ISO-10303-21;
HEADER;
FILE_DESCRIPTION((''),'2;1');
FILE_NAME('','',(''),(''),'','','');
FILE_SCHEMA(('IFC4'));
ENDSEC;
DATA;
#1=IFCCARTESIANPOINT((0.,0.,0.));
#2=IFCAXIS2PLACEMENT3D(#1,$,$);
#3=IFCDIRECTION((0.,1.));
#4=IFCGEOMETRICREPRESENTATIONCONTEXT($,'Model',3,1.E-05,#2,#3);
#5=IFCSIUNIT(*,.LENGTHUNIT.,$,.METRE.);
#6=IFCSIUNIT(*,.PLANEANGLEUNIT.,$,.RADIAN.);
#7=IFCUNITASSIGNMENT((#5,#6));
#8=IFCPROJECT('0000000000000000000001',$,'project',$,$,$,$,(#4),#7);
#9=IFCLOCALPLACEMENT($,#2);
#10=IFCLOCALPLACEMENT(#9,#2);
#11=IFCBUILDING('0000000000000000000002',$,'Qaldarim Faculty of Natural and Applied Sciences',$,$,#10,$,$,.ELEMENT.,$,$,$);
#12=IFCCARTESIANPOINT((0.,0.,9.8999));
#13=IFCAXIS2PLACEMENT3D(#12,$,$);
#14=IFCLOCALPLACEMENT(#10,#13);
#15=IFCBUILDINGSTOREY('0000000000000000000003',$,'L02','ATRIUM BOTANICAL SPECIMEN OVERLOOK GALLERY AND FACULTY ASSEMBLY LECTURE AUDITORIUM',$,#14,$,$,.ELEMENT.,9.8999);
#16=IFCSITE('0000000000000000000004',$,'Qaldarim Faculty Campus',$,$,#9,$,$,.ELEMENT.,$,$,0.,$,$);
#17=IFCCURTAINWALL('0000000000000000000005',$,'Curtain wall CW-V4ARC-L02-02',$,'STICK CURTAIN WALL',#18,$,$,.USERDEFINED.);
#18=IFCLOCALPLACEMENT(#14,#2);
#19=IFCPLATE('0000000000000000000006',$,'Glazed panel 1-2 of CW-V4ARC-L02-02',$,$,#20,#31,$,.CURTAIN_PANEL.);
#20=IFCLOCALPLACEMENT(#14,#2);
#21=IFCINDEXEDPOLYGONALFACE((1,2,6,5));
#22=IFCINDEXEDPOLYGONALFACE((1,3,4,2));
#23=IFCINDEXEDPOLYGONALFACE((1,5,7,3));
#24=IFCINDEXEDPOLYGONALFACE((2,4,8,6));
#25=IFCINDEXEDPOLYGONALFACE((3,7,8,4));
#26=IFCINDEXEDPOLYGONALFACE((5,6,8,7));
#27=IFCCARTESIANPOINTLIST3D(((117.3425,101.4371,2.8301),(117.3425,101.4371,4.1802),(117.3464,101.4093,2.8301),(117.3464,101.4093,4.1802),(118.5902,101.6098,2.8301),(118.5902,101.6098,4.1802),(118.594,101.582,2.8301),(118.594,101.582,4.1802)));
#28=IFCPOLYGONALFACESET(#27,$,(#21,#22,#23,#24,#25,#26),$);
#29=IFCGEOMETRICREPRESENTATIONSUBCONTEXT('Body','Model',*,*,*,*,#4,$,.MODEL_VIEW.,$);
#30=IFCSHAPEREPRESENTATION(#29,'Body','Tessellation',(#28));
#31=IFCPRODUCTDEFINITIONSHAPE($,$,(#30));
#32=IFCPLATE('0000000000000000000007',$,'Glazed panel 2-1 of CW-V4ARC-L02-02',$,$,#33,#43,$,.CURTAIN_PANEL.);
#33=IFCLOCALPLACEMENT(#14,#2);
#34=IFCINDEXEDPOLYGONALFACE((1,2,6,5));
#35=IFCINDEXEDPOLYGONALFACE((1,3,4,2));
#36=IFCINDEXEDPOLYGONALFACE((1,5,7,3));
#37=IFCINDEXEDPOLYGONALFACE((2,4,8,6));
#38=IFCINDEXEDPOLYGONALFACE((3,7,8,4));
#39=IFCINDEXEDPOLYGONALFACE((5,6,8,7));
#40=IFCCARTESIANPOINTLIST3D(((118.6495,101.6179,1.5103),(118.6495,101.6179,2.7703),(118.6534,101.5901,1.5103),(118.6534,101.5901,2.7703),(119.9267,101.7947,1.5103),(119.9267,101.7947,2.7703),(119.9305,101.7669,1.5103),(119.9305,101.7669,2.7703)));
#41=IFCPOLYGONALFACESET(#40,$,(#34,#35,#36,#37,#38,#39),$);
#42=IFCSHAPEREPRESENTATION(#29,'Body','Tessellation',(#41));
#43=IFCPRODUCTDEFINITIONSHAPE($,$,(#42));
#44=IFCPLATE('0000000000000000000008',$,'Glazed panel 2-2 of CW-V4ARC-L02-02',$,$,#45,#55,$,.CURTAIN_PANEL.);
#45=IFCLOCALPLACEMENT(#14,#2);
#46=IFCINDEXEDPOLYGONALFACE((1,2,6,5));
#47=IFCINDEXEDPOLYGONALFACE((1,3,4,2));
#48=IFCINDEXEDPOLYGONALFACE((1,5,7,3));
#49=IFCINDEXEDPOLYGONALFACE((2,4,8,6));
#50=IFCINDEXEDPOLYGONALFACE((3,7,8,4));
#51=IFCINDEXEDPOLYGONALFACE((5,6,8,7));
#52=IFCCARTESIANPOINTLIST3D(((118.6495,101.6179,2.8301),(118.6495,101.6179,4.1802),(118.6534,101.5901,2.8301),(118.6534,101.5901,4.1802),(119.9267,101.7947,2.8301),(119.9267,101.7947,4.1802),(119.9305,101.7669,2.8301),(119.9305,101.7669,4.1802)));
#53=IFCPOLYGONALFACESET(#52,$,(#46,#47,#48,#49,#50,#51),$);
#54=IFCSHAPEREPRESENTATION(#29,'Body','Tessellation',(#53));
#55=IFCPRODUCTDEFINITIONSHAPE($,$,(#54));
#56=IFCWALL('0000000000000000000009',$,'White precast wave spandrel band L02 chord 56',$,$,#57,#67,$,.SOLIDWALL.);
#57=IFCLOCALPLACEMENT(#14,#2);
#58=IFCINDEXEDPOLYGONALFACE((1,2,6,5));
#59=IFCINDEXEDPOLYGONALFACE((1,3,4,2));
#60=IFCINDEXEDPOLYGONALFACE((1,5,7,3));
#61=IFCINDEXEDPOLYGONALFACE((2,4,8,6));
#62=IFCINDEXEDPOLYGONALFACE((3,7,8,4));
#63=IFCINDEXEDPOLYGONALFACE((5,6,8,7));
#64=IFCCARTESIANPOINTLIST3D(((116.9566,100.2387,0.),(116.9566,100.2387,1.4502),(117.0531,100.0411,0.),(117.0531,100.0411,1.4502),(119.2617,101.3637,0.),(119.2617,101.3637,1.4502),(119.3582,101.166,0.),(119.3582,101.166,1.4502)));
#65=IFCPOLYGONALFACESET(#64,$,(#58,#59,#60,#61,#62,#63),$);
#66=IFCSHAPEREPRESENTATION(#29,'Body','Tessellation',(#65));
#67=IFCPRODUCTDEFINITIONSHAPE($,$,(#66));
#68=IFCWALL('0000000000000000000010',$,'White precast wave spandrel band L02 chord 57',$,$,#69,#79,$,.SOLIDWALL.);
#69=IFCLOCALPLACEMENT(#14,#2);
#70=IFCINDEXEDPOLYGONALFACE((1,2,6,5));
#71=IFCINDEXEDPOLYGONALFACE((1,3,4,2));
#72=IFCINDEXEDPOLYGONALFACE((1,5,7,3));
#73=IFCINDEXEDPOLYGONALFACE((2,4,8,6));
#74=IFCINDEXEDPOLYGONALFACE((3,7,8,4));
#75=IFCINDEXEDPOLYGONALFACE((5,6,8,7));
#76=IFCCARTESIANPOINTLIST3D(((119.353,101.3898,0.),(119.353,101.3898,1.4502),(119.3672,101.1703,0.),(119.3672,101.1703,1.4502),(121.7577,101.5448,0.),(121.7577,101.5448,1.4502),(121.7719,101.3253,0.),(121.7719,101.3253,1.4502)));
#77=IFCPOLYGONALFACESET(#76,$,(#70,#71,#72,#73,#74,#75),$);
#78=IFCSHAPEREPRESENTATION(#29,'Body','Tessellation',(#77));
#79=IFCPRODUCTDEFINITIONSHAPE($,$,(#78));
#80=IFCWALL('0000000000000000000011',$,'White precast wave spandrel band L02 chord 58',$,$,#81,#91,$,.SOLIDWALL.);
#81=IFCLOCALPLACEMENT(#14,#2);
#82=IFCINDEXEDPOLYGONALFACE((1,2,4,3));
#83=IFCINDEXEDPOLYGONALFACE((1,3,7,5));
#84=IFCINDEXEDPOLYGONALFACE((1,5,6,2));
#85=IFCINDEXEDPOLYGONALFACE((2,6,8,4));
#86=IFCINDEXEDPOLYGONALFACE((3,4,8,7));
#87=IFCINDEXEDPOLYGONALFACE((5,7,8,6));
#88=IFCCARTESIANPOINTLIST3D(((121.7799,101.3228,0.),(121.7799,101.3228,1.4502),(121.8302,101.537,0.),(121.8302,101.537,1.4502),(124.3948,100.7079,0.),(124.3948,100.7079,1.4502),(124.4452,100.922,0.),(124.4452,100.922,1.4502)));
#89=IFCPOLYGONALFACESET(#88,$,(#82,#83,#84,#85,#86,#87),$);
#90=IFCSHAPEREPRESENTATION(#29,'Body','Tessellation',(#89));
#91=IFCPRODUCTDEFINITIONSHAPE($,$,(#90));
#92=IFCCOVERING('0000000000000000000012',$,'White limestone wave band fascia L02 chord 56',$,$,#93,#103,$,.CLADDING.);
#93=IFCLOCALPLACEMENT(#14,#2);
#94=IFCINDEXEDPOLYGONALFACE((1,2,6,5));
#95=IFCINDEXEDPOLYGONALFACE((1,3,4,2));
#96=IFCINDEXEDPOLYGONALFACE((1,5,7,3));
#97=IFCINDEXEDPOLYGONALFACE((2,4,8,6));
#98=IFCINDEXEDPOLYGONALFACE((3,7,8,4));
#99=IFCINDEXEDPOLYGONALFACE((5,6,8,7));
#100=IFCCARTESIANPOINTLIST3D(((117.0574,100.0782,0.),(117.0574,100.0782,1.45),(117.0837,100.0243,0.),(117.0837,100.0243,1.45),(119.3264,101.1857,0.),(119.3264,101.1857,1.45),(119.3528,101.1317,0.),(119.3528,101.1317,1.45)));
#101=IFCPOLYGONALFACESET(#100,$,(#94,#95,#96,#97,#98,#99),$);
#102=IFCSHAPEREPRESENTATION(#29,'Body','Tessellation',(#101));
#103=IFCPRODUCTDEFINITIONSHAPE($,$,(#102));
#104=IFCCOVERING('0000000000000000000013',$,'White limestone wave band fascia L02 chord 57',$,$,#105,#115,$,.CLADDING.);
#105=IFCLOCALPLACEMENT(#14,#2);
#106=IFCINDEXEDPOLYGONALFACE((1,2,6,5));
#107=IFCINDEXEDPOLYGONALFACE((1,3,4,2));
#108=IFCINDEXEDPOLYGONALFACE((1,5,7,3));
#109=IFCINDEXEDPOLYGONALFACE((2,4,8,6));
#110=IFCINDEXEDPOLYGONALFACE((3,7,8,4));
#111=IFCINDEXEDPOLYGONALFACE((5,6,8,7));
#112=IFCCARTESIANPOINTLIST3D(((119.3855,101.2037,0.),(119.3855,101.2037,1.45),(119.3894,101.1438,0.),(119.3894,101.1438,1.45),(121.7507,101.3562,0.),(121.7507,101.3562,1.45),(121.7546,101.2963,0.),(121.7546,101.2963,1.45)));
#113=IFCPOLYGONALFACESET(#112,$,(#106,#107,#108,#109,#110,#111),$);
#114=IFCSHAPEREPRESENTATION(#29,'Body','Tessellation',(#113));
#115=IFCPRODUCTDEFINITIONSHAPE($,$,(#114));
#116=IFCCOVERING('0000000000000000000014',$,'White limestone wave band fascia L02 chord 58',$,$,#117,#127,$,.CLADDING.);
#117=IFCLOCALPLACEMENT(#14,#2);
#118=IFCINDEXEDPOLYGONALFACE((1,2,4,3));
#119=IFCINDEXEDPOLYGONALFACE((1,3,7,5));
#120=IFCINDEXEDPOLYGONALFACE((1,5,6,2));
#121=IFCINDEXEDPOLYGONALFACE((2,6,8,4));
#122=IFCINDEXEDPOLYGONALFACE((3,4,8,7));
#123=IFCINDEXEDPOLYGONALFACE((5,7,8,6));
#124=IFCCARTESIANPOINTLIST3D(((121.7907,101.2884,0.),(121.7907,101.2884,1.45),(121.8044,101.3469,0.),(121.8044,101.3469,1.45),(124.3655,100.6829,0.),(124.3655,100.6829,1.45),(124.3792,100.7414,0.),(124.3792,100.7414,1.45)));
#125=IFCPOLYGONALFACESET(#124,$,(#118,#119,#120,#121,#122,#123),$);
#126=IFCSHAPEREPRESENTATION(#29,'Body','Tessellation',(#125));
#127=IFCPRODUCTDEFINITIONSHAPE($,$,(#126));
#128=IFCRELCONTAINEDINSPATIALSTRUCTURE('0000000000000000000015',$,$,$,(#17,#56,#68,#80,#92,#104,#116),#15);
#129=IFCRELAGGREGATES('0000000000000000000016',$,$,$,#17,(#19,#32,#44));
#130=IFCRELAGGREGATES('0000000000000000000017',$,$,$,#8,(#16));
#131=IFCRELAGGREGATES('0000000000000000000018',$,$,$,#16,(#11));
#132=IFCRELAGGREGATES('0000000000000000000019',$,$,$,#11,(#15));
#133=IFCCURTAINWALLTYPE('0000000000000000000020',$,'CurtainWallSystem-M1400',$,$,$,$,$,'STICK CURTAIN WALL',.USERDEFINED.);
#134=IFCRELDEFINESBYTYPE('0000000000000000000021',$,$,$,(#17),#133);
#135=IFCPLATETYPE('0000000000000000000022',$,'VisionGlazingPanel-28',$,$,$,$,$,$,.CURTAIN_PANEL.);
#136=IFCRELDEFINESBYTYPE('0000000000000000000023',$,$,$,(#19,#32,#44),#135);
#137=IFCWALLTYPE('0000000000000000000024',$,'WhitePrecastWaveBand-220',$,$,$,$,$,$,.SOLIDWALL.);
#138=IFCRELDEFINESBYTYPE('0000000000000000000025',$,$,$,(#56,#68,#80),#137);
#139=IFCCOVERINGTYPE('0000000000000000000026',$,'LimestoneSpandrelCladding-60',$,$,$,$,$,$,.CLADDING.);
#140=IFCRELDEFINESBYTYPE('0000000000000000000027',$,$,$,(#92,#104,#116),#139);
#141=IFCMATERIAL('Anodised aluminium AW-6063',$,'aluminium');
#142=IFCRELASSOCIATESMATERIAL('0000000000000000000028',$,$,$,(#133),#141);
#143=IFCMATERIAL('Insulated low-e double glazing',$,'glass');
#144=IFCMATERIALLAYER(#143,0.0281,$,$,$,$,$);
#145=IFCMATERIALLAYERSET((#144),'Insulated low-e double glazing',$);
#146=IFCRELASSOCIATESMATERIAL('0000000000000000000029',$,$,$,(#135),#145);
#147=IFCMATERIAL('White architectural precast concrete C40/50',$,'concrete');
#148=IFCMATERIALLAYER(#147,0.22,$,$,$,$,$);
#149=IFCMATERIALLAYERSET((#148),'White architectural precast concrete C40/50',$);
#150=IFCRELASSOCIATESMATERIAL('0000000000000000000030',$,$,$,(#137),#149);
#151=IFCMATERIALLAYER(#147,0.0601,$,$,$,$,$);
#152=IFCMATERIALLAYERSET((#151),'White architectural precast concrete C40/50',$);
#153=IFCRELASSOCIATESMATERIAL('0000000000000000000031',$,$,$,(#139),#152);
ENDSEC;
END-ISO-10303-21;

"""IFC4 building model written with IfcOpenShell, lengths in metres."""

from ifc_helpers import new_model, si_unit, direction, frame, frame_2d, origin, origin_2d, place, context, subcontext, project, spatial, rectangle, extrude, material, layer, layer_set, type_object, element, aggregate, save


model = new_model("IFC4")

# Units and contexts
model_context = context("Model", 3, precision=1e-05, world=origin(), true_north=direction((0.0, 1.0)))
body_context = subcontext(model_context, "Body", "Model", "MODEL_VIEW")
ifc_project = project(units=[si_unit("LENGTHUNIT", "METRE"), si_unit("PLANEANGLEUNIT", "RADIAN")], contexts=[model_context])

# Site, building, storey
site_placement = place(None, origin())
site = spatial("IfcSite", under=ifc_project, at=site_placement, Name="Qaldarim Faculty Campus", CompositionType="ELEMENT", RefElevation=0.0)
building_placement = place(site_placement, origin())
building = spatial("IfcBuilding", under=site, at=building_placement, Name="Qaldarim Faculty of Natural and Applied Sciences", CompositionType="ELEMENT")
storey_placement = place(building_placement, frame((0.0, 0.0, 9.8999)))
storey = spatial("IfcBuildingStorey", under=building, at=storey_placement, Name="L02", Description="ATRIUM BOTANICAL SPECIMEN OVERLOOK GALLERY AND FACULTY ASSEMBLY LECTURE AUDITORIUM", CompositionType="ELEMENT", Elevation=9.8999)

# Shared definitions
ifc_material_1 = material(Name="Anodised aluminium AW-6063", Category="aluminium")
curtain_wall_type = type_object("IfcCurtainWallType", Name="CurtainWallSystem-M1400", ElementType="STICK CURTAIN WALL", PredefinedType="USERDEFINED", material=ifc_material_1)

# Curtain wall
curtain_wall_1_placement = place(storey_placement, origin())
curtain_wall_1 = element("IfcCurtainWall", 1, at=curtain_wall_1_placement, inside=storey, type_object=curtain_wall_type, Name="Curtain wall CW-V4ARC-L02-02", ObjectType="STICK CURTAIN WALL", PredefinedType="USERDEFINED")

# Plates
ifc_material_2 = material(Name="Insulated low-e double glazing", Category="glass")
ifc_layer_1 = layer(ifc_material_2, 0.0281)
ifc_layer_set_1 = layer_set([ifc_layer_1], Name="Insulated low-e double glazing")
plate_type = type_object("IfcPlateType", Name="VisionGlazingPanel-28", PredefinedType="CURTAIN_PANEL", material=ifc_layer_set_1)
plate_1_placement = place(storey_placement, frame((117.9683, 101.5095, 2.8301), z_axis=(0.0, 0.0, 1.0), x_axis=(0.990557, 0.137099, 0.0)))
plate_1 = element("IfcPlate", 2, at=plate_1_placement, type_object=plate_type, Name="Glazed panel 1-2 of CW-V4ARC-L02-02", PredefinedType="CURTAIN_PANEL", context=body_context, shape_type="SweptSolid", body=[
    extrude(rectangle(XDim=1.2595, YDim=0.0281, at=origin_2d()), origin(), (0.0, 0.0, 1.0), 1.3501),
])
plate_2_placement = place(storey_placement, frame((119.29, 101.6924, 1.5103), z_axis=(0.0, 0.0, 1.0), x_axis=(0.990557, 0.137099, 0.0)))
plate_2 = element("IfcPlate", 3, at=plate_2_placement, type_object=plate_type, Name="Glazed panel 2-1 of CW-V4ARC-L02-02", PredefinedType="CURTAIN_PANEL", context=body_context, shape_type="SweptSolid", body=[
    extrude(rectangle(XDim=1.2893, YDim=0.0281, at=origin_2d()), origin(), (0.0, 0.0, 1.0), 1.26),
])
plate_3_placement = place(storey_placement, frame((119.29, 101.6924, 2.8301), z_axis=(0.0, 0.0, 1.0), x_axis=(0.990557, 0.137099, 0.0)))
plate_3 = element("IfcPlate", 4, at=plate_3_placement, type_object=plate_type, Name="Glazed panel 2-2 of CW-V4ARC-L02-02", PredefinedType="CURTAIN_PANEL", context=body_context, shape_type="SweptSolid", body=[
    extrude(rectangle(XDim=1.2893, YDim=0.0281, at=origin_2d()), origin(), (0.0, 0.0, 1.0), 1.3501),
])
aggregate(curtain_wall_1, [plate_1, plate_2, plate_3])

# Walls
ifc_material_3 = material(Name="White architectural precast concrete C40/50", Category="concrete")
ifc_layer_2 = layer(ifc_material_3, 0.22)
ifc_layer_set_2 = layer_set([ifc_layer_2], Name="White architectural precast concrete C40/50")
wall_type = type_object("IfcWallType", Name="WhitePrecastWaveBand-220", PredefinedType="SOLIDWALL", material=ifc_layer_set_2)
wall_1_placement = place(storey_placement, frame((117.0049, 100.1399, 0.0), z_axis=(0.0, 0.0, 1.0), x_axis=(0.898688, 0.438589, 0.0)))
element("IfcWall", 5, at=wall_1_placement, inside=storey, type_object=wall_type, Name="White precast wave spandrel band L02 chord 56", PredefinedType="SOLIDWALL", context=body_context, shape_type="SweptSolid", body=[
    extrude(rectangle(XDim=2.5649, YDim=0.22, at=frame_2d((1.2825, 0.0))), origin(), (0.0, 0.0, 1.0), 1.4502),
])
wall_2_placement = place(storey_placement, frame((119.3601, 101.28, 0.0), z_axis=(0.0, 0.0, 1.0), x_axis=(0.997928, 0.064333, 0.0)))
element("IfcWall", 6, at=wall_2_placement, inside=storey, type_object=wall_type, Name="White precast wave spandrel band L02 chord 57", PredefinedType="SOLIDWALL", context=body_context, shape_type="SweptSolid", body=[
    extrude(rectangle(XDim=2.4097, YDim=0.22, at=frame_2d((1.2048, 0.0))), origin(), (0.0, 0.0, 1.0), 1.4502),
])
wall_3_placement = place(storey_placement, frame((121.8049, 101.4299, 0.0), z_axis=(0.0, 0.0, 1.0), x_axis=(0.973442, -0.228933, 0.0)))
element("IfcWall", 7, at=wall_3_placement, inside=storey, type_object=wall_type, Name="White precast wave spandrel band L02 chord 58", PredefinedType="SOLIDWALL", context=body_context, shape_type="SweptSolid", body=[
    extrude(rectangle(XDim=2.6863, YDim=0.22, at=frame_2d((1.3433, 0.0))), origin(), (0.0, 0.0, 1.0), 1.4502),
])

# Coverings
ifc_layer_3 = layer(ifc_material_3, 0.0601)
ifc_layer_set_3 = layer_set([ifc_layer_3], Name="White architectural precast concrete C40/50")
covering_type = type_object("IfcCoveringType", Name="LimestoneSpandrelCladding-60", PredefinedType="CLADDING", material=ifc_layer_set_3)
covering_1_placement = place(storey_placement, frame((118.2051, 100.605, 0.0), z_axis=(0.0, 0.0, 1.0), x_axis=(0.898672, 0.438622, 0.0)))
element("IfcCovering", 8, at=covering_1_placement, inside=storey, type_object=covering_type, Name="White limestone wave band fascia L02 chord 56", PredefinedType="CLADDING", context=body_context, shape_type="SweptSolid", body=[
    extrude(rectangle(XDim=2.5249, YDim=0.0601, at=origin_2d()), origin(), (0.0, 0.0, 1.0), 1.45),
])
covering_2_placement = place(storey_placement, frame((120.5701, 101.25, 0.0), z_axis=(0.0, 0.0, 1.0), x_axis=(0.997929, 0.064323, 0.0)))
element("IfcCovering", 9, at=covering_2_placement, inside=storey, type_object=covering_type, Name="White limestone wave band fascia L02 chord 57", PredefinedType="CLADDING", context=body_context, shape_type="SweptSolid", body=[
    extrude(rectangle(XDim=2.3701, YDim=0.0601, at=origin_2d()), origin(), (0.0, 0.0, 1.0), 1.45),
])
covering_3_placement = place(storey_placement, frame((123.085, 101.0149, 0.0), z_axis=(0.0, 0.0, 1.0), x_axis=(0.973443, -0.228929, 0.0)))
element("IfcCovering", 10, at=covering_3_placement, inside=storey, type_object=covering_type, Name="White limestone wave band fascia L02 chord 58", PredefinedType="CLADDING", context=body_context, shape_type="SweptSolid", body=[
    extrude(rectangle(XDim=2.645, YDim=0.0601, at=origin_2d()), origin(), (0.0, 0.0, 1.0), 1.45),
])

save(model, "model.ifc")
